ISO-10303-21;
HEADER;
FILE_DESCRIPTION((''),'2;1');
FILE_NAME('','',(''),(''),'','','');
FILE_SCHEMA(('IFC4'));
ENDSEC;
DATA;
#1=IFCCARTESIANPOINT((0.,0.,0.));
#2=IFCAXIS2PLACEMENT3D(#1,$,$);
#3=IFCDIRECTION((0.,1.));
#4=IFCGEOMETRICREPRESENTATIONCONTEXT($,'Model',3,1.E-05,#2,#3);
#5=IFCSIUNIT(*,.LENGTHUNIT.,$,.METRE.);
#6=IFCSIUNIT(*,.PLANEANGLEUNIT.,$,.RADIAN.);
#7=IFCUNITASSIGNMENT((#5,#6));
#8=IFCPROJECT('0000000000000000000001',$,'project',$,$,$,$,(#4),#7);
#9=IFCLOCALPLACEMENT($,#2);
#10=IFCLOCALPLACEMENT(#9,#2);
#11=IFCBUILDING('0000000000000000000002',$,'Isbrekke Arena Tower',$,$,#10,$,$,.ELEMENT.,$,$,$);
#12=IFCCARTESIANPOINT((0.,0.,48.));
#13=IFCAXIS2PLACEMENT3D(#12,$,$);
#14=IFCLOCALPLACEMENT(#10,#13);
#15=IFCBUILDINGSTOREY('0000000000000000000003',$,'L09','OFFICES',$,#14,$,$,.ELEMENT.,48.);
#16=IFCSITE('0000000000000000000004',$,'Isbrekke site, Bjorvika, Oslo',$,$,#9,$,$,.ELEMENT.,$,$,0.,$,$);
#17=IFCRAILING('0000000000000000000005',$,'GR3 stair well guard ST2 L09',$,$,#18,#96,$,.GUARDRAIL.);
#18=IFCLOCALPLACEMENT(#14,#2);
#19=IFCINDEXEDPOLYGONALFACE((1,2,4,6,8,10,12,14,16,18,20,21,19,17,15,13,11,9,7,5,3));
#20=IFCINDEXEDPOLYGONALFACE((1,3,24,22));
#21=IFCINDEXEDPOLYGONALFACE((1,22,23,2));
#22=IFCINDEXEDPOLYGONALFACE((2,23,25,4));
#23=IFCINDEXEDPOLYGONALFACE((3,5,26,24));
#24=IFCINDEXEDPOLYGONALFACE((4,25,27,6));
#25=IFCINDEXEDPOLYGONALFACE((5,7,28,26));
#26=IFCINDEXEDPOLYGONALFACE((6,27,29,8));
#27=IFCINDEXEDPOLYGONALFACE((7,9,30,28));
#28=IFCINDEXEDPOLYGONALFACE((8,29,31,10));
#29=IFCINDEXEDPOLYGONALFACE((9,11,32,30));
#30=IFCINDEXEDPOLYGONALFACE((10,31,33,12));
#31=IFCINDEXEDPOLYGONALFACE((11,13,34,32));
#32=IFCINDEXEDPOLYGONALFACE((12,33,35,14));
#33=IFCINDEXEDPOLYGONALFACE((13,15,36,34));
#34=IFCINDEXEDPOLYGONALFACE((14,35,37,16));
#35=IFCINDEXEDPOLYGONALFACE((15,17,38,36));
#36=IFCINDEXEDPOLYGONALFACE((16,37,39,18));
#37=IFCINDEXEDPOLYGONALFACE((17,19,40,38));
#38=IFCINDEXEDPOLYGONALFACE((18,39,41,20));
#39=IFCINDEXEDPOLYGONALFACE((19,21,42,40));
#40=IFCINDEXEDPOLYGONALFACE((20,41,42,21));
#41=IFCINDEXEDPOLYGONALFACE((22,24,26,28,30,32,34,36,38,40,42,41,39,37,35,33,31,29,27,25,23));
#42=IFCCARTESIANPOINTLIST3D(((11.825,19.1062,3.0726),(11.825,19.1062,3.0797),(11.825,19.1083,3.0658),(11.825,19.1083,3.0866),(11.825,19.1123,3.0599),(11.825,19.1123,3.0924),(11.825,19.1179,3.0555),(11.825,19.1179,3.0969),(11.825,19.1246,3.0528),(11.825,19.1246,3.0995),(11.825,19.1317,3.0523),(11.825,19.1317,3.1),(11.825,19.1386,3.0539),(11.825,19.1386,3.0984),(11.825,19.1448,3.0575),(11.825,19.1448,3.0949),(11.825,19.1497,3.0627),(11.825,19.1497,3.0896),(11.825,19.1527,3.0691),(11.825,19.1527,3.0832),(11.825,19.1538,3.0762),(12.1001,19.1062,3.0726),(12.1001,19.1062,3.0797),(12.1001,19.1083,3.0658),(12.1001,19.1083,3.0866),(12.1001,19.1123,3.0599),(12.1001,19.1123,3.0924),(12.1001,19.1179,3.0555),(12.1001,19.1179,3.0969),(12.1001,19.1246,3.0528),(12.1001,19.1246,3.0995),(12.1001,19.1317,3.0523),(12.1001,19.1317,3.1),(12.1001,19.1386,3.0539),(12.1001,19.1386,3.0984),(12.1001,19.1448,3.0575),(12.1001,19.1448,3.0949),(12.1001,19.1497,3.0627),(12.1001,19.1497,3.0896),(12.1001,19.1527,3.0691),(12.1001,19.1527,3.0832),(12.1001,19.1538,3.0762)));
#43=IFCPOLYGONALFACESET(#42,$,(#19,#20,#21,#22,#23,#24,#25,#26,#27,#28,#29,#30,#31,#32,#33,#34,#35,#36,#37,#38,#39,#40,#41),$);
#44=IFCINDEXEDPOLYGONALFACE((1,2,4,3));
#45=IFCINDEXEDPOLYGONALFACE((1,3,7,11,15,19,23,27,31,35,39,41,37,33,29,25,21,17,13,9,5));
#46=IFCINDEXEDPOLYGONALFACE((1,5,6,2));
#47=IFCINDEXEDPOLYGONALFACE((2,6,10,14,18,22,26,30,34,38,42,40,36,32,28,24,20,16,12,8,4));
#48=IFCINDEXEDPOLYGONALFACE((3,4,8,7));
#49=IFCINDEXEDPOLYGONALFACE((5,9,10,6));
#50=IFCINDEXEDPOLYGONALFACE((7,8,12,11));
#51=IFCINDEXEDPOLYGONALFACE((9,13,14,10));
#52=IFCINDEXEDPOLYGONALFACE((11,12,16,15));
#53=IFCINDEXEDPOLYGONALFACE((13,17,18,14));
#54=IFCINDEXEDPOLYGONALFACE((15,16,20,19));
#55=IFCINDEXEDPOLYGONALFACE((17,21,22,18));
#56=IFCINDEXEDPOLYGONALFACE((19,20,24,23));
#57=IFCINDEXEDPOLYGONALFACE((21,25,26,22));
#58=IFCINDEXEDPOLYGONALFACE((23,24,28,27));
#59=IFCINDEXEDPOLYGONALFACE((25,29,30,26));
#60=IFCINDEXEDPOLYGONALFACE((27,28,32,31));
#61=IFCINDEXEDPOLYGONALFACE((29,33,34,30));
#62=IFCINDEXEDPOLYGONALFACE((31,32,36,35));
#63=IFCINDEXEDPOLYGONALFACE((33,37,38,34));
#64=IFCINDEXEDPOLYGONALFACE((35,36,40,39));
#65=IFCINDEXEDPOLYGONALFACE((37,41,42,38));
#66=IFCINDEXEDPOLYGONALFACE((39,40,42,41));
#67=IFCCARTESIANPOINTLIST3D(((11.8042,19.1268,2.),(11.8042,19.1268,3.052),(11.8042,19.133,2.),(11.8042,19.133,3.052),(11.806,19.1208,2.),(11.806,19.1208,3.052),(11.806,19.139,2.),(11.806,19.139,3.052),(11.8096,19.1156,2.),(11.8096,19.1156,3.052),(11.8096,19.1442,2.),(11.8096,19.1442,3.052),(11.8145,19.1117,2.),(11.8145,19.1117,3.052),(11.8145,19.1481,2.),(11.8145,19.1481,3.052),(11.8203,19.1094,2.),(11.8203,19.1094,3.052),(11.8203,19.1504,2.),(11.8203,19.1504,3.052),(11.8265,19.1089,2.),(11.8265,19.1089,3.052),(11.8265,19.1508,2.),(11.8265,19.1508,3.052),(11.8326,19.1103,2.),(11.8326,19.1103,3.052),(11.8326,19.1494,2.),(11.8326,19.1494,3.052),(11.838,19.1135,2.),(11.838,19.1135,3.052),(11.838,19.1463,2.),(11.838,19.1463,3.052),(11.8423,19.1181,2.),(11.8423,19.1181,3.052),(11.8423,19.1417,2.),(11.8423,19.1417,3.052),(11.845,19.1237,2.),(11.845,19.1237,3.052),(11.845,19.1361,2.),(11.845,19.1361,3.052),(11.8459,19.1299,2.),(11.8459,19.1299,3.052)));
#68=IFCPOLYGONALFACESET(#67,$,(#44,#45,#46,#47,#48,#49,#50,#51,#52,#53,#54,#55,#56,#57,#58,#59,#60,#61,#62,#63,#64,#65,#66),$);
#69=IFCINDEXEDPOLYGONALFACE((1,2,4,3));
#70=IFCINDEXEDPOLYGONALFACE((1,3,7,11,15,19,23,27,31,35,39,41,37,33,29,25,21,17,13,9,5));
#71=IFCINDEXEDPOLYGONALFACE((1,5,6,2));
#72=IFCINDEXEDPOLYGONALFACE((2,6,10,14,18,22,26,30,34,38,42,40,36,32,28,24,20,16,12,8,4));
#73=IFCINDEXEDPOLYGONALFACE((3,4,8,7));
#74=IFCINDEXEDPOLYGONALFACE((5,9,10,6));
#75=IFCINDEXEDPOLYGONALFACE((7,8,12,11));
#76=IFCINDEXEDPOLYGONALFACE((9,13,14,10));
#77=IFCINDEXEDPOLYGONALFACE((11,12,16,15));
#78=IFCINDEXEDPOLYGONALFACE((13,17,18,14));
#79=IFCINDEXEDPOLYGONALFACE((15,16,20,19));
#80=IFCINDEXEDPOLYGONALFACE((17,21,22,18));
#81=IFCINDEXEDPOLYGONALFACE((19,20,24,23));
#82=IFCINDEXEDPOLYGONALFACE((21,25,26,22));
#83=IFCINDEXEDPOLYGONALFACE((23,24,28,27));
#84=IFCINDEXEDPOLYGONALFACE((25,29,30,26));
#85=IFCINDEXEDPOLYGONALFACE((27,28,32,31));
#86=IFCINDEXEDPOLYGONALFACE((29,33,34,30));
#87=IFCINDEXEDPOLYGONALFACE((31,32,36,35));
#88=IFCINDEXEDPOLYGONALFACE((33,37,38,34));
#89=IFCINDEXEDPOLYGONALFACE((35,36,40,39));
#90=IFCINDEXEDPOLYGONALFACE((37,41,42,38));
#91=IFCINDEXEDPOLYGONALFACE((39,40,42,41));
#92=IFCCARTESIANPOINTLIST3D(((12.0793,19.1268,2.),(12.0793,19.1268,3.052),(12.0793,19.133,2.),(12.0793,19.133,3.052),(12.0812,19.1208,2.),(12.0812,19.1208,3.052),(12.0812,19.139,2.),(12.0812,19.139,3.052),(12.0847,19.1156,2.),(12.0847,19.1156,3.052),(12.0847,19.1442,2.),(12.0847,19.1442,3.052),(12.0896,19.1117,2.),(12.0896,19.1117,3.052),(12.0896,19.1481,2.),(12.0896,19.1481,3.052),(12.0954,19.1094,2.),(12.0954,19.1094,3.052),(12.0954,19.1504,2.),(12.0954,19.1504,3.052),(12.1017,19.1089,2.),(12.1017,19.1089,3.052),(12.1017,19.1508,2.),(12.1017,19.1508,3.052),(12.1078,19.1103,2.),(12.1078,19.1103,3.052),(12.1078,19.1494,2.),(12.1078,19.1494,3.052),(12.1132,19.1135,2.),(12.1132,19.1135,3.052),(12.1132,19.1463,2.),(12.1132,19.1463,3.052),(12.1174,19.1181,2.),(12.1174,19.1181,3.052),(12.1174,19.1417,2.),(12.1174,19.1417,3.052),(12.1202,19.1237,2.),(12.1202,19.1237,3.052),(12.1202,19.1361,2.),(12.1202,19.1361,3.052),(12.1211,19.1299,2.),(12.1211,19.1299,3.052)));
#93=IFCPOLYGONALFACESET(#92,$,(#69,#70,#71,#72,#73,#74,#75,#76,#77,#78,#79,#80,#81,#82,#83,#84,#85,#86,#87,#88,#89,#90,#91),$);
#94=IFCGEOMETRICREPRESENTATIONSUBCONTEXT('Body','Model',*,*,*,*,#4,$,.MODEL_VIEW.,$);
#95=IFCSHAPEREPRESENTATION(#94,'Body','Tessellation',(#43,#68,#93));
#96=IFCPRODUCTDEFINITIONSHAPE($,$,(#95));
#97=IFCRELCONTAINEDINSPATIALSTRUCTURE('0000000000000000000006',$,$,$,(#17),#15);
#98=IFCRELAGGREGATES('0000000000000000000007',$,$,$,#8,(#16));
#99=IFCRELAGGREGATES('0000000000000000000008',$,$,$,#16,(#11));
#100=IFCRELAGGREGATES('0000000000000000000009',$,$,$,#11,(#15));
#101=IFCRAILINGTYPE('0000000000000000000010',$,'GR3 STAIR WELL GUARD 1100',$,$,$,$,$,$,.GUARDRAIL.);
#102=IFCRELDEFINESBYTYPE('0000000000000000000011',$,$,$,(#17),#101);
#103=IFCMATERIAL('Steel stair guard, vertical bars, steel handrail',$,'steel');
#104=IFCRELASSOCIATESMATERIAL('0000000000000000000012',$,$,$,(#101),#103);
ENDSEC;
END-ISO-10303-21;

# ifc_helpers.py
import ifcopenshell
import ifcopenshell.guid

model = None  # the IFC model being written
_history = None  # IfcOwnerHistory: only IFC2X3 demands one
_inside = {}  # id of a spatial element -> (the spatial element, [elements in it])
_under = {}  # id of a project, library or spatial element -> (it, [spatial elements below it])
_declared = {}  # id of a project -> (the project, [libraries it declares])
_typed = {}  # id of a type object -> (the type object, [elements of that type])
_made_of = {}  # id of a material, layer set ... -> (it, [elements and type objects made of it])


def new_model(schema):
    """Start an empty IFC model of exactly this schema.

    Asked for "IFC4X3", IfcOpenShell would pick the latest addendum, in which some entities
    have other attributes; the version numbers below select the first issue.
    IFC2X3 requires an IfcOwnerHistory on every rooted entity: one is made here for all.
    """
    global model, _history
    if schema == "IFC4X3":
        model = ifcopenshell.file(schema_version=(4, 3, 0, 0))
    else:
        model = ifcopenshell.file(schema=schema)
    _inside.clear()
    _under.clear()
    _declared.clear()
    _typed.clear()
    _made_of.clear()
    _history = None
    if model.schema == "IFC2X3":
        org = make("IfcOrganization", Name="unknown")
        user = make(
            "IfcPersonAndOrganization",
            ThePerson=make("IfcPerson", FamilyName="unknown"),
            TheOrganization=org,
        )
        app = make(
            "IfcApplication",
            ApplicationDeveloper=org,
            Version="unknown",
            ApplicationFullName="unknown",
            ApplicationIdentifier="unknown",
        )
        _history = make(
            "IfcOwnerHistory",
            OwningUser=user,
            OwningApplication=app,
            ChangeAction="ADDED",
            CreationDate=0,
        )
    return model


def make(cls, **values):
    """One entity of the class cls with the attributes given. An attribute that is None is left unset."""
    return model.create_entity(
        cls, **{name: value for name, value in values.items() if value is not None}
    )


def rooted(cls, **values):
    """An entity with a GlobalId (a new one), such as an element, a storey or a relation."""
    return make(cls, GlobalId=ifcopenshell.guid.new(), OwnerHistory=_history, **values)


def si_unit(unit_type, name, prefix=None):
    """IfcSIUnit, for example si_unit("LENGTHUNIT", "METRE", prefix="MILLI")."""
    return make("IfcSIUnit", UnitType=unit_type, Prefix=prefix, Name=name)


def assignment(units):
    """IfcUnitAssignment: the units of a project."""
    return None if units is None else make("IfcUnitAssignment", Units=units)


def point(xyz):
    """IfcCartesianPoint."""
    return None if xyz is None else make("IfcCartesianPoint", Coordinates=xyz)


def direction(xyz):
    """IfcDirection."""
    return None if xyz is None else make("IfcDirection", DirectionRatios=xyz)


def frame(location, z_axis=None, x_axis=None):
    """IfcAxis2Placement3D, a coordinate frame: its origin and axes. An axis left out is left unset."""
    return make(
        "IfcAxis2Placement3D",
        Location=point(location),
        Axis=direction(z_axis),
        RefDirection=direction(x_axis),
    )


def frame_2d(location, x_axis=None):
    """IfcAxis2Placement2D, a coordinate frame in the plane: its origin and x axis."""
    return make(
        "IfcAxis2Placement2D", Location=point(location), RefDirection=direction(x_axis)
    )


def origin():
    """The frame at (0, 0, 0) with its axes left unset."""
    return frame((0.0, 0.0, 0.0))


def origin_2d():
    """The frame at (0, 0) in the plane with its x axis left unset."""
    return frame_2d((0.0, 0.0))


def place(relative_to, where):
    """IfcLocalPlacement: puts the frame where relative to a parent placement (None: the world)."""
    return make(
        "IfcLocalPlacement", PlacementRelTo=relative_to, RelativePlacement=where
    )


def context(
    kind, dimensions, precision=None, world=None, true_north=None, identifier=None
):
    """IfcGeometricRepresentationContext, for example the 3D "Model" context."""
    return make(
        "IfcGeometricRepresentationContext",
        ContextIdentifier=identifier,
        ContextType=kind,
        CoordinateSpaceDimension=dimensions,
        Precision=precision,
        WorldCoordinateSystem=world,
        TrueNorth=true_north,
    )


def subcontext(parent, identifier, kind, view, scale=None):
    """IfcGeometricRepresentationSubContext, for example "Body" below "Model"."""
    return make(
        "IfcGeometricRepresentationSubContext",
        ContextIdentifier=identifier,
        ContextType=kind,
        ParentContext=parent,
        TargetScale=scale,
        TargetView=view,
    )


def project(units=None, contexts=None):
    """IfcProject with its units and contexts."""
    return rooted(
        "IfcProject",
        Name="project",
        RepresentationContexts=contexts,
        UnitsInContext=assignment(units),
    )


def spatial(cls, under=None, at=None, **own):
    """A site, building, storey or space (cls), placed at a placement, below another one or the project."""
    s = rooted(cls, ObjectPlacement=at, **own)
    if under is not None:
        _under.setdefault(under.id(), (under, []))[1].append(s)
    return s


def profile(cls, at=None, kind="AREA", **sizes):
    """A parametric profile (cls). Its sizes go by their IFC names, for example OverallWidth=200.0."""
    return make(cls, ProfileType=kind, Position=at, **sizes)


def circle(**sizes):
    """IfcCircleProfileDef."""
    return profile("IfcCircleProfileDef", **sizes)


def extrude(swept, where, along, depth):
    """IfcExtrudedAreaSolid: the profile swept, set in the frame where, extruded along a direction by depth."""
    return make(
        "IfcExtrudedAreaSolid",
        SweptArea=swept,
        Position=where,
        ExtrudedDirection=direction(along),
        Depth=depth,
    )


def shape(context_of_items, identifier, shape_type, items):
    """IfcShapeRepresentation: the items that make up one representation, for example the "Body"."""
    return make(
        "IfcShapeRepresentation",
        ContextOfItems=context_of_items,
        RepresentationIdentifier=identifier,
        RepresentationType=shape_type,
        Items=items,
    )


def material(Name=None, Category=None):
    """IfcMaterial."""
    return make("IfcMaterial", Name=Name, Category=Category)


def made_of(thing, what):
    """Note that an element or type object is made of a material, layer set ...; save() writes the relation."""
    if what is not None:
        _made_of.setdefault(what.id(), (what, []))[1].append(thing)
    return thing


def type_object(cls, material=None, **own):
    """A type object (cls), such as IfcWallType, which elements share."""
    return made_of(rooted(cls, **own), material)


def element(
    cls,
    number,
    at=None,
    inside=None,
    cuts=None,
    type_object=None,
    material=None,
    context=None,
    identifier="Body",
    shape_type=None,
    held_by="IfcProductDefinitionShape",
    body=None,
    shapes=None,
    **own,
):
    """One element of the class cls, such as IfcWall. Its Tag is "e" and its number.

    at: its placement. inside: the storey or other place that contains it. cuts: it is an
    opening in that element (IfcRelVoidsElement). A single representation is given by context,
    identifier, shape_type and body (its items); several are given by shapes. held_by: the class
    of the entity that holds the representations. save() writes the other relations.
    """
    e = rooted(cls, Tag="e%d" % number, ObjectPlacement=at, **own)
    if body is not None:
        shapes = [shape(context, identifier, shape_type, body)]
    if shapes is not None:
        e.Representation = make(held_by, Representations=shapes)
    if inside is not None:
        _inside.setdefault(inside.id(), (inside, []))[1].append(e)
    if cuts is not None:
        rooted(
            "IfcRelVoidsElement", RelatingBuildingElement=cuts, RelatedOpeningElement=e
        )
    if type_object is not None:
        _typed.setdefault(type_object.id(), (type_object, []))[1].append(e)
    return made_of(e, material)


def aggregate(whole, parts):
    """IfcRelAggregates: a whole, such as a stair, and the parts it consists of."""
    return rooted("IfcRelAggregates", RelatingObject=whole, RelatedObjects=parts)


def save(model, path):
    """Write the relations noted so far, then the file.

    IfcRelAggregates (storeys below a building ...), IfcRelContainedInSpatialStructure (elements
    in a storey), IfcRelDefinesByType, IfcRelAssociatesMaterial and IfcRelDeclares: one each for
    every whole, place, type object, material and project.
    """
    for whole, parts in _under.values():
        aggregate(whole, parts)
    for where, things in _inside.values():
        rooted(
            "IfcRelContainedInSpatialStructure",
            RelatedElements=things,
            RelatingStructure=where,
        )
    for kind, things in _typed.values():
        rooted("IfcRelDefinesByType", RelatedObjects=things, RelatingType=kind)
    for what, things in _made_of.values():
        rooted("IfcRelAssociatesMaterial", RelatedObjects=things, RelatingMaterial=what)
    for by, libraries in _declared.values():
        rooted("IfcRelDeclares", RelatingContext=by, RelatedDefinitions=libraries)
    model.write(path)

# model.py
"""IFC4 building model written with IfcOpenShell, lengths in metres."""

from ifc_helpers import new_model, si_unit, direction, frame, origin, origin_2d, place, context, subcontext, project, spatial, circle, extrude, material, type_object, element, save


model = new_model("IFC4")

# Units and contexts
model_context = context("Model", 3, precision=1e-05, world=origin(), true_north=direction((0.0, 1.0)))
body_context = subcontext(model_context, "Body", "Model", "MODEL_VIEW")
ifc_project = project(units=[si_unit("LENGTHUNIT", "METRE"), si_unit("PLANEANGLEUNIT", "RADIAN")], contexts=[model_context])

# Site, building, storey
site_placement = place(None, origin())
site = spatial("IfcSite", under=ifc_project, at=site_placement, Name="Isbrekke site, Bjorvika, Oslo", CompositionType="ELEMENT", RefElevation=0.0)
building_placement = place(site_placement, origin())
building = spatial("IfcBuilding", under=site, at=building_placement, Name="Isbrekke Arena Tower", CompositionType="ELEMENT")
storey_placement = place(building_placement, frame((0.0, 0.0, 48.0)))
storey = spatial("IfcBuildingStorey", under=building, at=storey_placement, Name="L09", Description="OFFICES", CompositionType="ELEMENT", Elevation=48.0)

# Railing
ifc_material_1 = material(Name="Steel stair guard, vertical bars, steel handrail", Category="steel")
railing_type = type_object("IfcRailingType", Name="GR3 STAIR WELL GUARD 1100", PredefinedType="GUARDRAIL", material=ifc_material_1)
railing_placement = place(storey_placement, frame((11.825, 19.1299, 2.0)))
element("IfcRailing", 1, at=railing_placement, inside=storey, type_object=railing_type, Name="GR3 stair well guard ST2 L09", PredefinedType="GUARDRAIL", context=body_context, shape_type="SweptSolid", body=[
    extrude(circle(Radius=0.0239, at=origin_2d()), frame((0.0, 0.0, 1.0762), z_axis=(1.0, 0.0, 0.0), x_axis=(0.0, 1.0, 0.0)), (0.0, 0.0, 1.0), 0.2751),
    extrude(circle(Radius=0.021, at=origin_2d()), origin(), (0.0, 0.0, 1.0), 1.052),
    extrude(circle(Radius=0.021, at=origin_2d()), frame((0.2751, 0.0, 0.0)), (0.0, 0.0, 1.0), 1.052),
])

save(model, "model.ifc")
